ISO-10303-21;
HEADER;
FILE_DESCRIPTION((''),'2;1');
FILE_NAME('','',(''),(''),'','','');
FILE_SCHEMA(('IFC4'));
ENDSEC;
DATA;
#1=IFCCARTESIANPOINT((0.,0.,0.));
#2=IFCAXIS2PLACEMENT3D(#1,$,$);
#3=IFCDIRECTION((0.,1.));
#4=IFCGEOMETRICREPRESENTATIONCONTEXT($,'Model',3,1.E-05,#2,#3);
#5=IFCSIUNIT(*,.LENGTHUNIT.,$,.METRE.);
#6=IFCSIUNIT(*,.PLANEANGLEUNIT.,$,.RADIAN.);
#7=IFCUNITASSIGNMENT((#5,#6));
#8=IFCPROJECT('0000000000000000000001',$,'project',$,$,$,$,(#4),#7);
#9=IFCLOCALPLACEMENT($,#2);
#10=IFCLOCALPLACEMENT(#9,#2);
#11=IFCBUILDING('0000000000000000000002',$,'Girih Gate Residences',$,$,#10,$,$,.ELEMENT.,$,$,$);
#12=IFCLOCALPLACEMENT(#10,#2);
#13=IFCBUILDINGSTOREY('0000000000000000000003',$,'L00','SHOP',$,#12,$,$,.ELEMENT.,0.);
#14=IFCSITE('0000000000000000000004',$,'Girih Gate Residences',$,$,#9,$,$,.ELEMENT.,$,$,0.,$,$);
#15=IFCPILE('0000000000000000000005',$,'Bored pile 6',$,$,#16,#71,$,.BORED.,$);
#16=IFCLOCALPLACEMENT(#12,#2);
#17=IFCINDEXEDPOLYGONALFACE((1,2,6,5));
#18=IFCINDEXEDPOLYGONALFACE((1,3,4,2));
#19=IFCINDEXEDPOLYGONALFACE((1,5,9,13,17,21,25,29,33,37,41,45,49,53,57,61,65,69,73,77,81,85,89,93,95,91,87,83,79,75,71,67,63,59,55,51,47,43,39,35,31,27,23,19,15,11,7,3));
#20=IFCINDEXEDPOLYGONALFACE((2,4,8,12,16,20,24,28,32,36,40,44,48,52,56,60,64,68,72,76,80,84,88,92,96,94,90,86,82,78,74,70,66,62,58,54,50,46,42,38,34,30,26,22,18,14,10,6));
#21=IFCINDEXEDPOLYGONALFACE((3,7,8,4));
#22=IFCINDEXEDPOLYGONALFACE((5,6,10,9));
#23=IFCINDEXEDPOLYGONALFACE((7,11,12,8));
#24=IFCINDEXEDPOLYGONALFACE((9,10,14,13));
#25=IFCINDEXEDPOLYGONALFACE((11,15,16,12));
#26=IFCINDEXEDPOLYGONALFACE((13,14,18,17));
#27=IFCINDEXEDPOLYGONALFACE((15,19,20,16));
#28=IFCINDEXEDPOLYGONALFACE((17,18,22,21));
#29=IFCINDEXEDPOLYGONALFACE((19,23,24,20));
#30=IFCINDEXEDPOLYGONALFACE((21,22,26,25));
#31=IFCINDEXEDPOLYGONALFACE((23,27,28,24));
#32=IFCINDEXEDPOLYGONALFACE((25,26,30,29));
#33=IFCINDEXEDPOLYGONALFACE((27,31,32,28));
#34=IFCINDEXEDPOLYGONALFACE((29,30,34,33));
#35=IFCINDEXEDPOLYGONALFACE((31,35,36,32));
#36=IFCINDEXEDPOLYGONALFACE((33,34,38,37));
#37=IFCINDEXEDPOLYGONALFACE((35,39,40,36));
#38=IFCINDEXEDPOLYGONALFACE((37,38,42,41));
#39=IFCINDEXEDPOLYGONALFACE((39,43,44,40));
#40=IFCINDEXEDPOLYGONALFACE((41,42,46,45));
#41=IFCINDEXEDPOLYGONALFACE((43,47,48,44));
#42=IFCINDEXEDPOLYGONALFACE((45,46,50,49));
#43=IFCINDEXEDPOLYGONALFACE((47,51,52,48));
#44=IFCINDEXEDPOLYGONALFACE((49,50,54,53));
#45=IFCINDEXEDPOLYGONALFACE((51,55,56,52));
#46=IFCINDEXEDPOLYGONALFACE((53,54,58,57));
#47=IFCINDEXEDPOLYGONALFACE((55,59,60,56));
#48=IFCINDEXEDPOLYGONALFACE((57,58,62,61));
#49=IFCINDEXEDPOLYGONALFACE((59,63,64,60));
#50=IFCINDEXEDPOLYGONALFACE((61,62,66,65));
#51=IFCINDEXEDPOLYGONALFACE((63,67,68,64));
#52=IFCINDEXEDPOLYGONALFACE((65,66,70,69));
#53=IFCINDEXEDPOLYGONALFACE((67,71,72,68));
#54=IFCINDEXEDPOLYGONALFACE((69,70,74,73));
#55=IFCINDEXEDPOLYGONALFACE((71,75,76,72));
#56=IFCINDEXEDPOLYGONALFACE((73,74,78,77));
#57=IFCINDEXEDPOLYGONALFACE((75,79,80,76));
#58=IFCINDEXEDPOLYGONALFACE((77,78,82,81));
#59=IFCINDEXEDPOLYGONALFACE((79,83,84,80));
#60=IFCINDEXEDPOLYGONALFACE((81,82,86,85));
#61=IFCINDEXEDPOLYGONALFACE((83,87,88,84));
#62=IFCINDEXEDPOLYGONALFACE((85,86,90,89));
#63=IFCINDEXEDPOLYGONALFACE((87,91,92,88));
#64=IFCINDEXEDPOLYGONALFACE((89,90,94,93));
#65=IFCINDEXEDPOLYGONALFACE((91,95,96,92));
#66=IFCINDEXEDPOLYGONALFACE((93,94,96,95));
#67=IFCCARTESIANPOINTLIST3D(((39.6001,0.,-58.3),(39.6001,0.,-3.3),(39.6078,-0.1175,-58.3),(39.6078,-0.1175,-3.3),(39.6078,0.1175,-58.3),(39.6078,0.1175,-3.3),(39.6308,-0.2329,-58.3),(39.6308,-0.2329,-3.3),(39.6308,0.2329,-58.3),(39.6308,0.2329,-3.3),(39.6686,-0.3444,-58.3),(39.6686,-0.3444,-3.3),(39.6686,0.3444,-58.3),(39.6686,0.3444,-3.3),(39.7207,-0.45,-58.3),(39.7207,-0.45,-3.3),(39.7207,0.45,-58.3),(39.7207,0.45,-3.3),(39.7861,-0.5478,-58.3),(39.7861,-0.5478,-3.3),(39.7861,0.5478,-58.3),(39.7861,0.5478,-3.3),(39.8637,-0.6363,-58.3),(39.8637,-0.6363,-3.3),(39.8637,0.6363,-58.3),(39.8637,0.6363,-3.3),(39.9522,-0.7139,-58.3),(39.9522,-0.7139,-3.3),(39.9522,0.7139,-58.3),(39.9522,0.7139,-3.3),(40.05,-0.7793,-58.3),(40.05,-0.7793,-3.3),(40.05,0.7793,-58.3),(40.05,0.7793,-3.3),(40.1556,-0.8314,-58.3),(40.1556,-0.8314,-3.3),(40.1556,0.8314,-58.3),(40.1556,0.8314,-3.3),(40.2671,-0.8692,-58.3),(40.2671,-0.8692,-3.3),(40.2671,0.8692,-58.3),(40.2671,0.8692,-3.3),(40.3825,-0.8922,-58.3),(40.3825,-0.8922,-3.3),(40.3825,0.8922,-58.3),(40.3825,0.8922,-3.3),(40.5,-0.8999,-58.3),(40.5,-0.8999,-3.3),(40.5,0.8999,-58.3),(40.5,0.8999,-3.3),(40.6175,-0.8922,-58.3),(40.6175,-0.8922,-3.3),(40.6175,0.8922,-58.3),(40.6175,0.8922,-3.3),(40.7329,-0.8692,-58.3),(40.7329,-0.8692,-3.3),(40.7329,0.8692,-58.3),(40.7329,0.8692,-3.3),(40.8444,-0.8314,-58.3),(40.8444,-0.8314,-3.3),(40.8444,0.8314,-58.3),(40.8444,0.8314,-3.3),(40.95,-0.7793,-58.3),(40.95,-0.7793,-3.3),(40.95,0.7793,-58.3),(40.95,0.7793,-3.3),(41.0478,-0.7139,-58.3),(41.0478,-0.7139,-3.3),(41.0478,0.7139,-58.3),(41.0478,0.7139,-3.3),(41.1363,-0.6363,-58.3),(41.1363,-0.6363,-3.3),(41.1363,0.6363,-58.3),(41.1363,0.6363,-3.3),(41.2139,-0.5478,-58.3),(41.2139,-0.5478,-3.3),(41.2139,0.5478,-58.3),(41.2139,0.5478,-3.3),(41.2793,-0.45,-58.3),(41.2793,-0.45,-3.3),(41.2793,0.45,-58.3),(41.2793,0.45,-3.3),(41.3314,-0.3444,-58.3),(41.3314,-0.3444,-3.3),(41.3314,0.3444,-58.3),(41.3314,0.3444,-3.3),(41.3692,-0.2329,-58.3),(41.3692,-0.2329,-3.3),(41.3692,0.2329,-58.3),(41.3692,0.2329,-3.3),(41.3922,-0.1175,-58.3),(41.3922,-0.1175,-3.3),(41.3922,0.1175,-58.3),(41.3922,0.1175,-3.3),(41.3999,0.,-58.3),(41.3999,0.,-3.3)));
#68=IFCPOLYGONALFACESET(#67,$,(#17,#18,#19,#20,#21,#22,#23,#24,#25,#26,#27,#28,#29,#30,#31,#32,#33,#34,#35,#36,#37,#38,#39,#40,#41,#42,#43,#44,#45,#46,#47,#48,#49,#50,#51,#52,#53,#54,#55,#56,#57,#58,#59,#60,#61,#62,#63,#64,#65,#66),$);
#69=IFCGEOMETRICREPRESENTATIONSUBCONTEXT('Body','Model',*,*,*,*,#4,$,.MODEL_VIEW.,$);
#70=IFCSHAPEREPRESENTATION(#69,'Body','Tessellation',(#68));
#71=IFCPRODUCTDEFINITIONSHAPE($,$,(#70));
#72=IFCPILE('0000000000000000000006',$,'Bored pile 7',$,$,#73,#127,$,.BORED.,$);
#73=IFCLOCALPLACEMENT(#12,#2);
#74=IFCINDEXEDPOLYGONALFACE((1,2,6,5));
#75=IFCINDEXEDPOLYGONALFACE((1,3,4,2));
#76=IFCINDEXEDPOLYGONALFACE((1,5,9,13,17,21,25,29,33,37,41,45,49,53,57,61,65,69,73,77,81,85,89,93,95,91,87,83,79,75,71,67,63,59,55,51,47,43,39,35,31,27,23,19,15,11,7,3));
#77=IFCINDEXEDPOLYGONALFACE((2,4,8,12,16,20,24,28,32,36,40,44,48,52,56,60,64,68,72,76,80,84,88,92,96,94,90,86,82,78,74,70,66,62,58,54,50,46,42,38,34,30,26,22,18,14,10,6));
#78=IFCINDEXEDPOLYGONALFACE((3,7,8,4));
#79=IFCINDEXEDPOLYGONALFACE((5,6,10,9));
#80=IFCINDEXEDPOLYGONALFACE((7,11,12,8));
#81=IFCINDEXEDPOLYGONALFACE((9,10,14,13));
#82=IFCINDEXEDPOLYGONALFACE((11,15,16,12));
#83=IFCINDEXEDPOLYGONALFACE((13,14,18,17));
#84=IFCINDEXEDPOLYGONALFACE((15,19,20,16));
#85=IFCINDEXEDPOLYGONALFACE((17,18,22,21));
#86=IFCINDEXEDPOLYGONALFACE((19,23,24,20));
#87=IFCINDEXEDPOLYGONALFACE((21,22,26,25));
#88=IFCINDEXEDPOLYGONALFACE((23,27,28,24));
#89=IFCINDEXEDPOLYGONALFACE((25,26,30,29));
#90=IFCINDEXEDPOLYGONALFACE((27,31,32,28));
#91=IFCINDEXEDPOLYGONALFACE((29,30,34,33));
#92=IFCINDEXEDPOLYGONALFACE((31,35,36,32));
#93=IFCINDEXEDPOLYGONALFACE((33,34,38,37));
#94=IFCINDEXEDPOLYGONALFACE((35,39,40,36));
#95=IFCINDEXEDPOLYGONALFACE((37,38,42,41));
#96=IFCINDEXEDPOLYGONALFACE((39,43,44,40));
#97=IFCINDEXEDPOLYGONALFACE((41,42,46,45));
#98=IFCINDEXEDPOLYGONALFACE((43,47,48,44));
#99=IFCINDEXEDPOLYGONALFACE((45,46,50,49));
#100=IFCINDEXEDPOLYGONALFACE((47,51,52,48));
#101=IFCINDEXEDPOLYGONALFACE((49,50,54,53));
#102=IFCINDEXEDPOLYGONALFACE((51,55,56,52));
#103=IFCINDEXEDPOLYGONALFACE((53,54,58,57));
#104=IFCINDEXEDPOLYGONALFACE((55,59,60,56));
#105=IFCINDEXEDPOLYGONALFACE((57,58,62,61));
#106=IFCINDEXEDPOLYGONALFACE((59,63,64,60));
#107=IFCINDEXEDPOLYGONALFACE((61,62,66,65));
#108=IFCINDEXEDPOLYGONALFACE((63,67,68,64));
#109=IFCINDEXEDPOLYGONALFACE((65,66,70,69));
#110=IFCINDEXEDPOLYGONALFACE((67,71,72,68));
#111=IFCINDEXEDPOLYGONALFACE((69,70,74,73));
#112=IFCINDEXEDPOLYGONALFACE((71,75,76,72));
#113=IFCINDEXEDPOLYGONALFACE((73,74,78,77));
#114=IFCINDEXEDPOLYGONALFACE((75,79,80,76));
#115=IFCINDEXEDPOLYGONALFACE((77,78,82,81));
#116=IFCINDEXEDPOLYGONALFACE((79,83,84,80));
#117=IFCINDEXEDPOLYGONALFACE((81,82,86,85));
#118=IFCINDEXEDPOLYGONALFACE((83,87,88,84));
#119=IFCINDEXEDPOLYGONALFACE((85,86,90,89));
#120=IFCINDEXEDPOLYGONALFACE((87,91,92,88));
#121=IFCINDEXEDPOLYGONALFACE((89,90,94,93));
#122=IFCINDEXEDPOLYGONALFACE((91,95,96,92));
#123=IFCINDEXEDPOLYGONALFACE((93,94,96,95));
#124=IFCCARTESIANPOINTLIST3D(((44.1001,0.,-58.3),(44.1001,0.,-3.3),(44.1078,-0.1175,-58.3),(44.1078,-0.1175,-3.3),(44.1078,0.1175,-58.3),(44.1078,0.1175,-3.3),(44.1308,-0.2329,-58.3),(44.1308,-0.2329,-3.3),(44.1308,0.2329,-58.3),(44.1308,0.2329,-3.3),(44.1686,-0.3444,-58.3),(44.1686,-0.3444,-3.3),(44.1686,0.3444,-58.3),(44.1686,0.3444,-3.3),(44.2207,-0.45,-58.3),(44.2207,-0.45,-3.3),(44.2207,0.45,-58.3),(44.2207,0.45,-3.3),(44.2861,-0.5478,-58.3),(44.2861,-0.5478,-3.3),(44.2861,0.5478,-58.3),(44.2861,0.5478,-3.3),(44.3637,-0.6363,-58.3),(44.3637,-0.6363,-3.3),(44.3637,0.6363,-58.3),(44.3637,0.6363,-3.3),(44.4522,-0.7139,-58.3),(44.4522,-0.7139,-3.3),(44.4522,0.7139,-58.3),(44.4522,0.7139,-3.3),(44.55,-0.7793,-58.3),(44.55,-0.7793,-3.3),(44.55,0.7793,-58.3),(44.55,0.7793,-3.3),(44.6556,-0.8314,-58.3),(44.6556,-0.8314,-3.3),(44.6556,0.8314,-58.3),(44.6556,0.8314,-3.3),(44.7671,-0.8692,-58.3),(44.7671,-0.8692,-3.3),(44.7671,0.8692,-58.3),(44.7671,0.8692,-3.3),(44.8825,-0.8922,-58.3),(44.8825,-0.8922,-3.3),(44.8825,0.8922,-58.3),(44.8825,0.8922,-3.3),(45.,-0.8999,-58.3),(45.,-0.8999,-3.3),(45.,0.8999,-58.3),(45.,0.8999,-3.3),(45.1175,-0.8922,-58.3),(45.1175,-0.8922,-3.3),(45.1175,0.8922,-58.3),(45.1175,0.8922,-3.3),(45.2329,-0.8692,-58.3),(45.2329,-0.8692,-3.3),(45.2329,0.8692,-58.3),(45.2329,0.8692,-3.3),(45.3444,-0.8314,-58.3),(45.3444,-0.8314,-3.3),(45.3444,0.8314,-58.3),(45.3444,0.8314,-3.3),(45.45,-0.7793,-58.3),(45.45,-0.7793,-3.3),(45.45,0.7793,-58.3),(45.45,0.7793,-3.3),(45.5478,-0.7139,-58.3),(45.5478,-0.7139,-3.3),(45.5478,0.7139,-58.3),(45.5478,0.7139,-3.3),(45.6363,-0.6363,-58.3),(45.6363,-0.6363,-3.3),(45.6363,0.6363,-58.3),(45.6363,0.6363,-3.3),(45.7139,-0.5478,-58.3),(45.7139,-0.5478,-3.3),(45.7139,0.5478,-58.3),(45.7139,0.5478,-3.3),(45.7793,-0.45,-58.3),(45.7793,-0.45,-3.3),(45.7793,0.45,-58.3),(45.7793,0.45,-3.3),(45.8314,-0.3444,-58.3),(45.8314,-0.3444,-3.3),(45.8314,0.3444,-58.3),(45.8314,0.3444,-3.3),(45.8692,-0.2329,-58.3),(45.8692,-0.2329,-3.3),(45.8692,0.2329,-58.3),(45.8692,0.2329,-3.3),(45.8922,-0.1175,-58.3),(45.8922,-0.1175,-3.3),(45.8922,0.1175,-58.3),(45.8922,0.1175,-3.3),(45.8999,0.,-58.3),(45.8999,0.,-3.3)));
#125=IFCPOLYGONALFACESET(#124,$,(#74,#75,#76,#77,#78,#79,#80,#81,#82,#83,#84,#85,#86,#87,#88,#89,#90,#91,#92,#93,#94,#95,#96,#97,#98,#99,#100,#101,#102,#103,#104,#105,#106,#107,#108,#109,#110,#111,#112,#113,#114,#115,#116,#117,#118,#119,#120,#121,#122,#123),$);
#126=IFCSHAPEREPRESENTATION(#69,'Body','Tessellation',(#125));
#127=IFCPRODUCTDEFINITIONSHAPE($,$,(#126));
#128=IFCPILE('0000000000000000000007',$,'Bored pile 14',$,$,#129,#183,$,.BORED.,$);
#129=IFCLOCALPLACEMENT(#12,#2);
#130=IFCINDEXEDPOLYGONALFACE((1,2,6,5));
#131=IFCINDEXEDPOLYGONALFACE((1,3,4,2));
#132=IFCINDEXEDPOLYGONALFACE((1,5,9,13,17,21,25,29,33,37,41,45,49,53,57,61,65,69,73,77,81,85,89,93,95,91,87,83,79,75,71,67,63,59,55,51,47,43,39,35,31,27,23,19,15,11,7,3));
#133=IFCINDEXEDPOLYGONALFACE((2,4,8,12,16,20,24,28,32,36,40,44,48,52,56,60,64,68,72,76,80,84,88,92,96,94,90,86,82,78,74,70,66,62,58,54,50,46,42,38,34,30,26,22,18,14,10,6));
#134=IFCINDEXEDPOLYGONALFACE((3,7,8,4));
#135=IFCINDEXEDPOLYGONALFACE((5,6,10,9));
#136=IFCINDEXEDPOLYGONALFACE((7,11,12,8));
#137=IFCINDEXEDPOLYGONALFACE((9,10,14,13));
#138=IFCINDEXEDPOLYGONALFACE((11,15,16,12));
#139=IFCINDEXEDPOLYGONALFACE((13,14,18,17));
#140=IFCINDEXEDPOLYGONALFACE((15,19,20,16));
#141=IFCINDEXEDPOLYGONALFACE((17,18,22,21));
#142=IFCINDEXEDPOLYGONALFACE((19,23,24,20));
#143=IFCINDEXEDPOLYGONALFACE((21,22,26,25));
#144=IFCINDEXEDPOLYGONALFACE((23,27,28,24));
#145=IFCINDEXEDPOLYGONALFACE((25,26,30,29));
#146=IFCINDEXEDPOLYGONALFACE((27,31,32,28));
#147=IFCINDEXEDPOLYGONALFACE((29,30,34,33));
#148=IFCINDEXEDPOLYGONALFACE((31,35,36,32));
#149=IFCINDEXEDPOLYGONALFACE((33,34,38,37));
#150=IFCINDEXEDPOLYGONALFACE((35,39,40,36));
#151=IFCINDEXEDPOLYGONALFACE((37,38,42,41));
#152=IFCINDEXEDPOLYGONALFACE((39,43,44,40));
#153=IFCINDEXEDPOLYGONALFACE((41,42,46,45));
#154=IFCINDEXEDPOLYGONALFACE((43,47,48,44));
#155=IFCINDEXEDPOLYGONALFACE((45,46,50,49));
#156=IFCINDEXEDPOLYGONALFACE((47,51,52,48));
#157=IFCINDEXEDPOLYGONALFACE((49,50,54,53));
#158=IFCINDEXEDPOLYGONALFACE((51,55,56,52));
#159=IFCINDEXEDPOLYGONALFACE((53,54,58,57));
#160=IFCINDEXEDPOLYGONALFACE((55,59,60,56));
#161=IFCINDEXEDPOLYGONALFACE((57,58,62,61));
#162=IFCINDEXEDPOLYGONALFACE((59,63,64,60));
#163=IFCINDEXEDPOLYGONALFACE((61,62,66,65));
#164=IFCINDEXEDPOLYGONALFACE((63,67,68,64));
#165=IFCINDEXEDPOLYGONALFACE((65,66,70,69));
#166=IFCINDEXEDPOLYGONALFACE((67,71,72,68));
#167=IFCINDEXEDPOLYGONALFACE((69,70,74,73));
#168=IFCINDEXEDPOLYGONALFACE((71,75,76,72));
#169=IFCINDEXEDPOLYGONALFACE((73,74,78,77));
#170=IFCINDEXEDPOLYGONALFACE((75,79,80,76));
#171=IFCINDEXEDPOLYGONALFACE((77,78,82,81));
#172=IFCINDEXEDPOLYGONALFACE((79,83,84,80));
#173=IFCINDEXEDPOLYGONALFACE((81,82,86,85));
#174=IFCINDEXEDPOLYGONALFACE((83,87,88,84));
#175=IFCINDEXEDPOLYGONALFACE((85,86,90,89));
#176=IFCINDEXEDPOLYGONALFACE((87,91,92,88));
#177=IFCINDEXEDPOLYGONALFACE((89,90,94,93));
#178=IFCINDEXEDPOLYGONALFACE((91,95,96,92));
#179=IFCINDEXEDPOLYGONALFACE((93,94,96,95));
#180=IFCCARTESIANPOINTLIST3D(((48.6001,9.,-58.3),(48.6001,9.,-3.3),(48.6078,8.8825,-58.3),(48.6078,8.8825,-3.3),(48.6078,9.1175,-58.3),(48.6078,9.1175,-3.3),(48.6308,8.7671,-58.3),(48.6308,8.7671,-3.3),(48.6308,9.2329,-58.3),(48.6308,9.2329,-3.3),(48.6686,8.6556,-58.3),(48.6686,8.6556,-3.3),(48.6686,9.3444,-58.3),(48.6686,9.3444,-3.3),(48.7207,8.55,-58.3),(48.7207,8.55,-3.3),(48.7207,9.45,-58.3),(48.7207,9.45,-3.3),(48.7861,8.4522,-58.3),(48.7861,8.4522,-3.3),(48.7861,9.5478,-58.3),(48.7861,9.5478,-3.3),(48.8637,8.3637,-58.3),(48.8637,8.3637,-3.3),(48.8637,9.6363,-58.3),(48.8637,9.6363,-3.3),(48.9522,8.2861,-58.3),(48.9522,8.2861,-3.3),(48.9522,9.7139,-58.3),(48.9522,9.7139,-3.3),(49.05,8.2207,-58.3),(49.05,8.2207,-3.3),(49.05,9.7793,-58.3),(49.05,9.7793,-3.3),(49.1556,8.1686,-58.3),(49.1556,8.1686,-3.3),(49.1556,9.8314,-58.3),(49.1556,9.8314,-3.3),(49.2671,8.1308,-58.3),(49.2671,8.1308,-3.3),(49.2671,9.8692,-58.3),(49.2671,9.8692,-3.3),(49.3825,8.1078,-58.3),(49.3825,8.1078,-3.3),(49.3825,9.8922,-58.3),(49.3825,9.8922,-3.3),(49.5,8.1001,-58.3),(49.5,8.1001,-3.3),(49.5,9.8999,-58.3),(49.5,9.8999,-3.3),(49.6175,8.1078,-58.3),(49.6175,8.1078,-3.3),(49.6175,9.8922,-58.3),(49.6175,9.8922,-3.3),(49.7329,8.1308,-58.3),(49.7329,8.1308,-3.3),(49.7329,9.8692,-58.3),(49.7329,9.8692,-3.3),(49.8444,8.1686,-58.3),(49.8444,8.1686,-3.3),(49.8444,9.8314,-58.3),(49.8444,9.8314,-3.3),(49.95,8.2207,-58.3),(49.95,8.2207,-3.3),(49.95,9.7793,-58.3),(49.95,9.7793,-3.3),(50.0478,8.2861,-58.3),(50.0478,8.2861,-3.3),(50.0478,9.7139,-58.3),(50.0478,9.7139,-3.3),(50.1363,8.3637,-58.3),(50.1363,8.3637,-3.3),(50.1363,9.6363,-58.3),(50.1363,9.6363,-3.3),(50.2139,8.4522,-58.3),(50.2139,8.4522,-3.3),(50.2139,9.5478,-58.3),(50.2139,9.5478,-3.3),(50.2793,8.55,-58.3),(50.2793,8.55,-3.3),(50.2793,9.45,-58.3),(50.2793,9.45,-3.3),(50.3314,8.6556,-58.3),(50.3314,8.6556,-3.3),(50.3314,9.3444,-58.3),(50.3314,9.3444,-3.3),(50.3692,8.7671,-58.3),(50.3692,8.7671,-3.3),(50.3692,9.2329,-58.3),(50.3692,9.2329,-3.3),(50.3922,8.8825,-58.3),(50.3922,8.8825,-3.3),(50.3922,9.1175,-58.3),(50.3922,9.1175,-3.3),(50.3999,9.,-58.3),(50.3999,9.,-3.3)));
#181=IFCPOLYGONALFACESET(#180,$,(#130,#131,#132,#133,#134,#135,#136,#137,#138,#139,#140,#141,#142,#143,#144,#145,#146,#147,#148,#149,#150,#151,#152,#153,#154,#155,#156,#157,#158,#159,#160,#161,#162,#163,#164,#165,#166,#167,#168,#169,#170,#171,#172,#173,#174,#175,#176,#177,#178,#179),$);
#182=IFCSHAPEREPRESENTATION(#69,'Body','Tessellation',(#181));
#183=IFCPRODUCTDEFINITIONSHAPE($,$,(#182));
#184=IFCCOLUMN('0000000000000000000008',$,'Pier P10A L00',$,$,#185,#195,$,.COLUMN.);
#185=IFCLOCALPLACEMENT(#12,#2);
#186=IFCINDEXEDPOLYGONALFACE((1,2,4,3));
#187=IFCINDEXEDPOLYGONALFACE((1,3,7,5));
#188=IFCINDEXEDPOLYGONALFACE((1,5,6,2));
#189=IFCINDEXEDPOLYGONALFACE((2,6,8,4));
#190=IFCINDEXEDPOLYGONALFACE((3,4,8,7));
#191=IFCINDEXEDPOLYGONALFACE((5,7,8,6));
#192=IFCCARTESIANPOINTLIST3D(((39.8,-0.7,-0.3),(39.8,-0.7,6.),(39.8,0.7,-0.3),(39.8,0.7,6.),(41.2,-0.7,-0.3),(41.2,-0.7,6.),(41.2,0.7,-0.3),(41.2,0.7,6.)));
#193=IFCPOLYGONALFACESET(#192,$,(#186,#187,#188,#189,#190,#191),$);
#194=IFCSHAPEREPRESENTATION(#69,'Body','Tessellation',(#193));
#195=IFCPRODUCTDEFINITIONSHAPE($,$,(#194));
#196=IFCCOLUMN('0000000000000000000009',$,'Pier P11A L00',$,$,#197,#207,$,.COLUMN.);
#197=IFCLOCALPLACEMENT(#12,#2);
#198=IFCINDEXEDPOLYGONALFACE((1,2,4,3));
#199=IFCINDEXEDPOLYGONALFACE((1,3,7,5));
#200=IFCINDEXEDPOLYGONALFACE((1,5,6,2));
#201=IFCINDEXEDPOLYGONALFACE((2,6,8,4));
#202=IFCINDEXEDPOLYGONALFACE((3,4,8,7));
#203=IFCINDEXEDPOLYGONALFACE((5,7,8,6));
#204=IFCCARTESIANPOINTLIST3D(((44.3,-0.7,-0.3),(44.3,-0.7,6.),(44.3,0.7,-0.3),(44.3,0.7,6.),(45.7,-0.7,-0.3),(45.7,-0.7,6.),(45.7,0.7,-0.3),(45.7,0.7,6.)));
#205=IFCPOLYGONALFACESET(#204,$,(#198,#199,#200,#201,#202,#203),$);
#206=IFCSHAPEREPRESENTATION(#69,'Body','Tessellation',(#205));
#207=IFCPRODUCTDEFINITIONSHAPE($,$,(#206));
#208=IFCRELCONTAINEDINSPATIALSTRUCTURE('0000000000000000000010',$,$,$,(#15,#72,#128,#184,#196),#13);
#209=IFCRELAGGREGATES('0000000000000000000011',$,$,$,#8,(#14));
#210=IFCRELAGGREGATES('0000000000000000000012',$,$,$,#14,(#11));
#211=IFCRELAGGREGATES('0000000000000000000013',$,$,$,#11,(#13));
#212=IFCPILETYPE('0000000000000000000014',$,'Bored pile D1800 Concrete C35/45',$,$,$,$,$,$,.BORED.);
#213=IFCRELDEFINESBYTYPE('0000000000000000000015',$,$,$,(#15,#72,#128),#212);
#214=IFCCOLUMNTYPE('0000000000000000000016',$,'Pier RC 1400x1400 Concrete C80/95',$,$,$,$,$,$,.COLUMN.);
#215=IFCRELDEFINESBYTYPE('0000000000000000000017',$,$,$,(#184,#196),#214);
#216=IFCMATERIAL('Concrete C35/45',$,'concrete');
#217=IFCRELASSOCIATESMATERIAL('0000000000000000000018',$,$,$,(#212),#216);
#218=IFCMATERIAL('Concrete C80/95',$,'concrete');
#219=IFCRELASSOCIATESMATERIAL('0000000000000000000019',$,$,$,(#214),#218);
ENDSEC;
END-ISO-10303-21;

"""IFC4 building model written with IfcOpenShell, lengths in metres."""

from ifc_helpers import new_model, si_unit, direction, frame, origin, origin_2d, place, context, subcontext, project, spatial, rectangle, circle, extrude, material, material_profile, profile_set, type_object, element, save


model = new_model("IFC4")

# Units and contexts
model_context = context("Model", 3, precision=1e-05, world=origin(), true_north=direction((0.0, 1.0)))
body_context = subcontext(model_context, "Body", "Model", "MODEL_VIEW")
ifc_project = project(units=[si_unit("LENGTHUNIT", "METRE"), si_unit("PLANEANGLEUNIT", "RADIAN")], contexts=[model_context])

# Site, building, storey
site_placement = place(None, origin())
site = spatial("IfcSite", under=ifc_project, at=site_placement, Name="Girih Gate Residences", CompositionType="ELEMENT", RefElevation=0.0)
building_placement = place(site_placement, origin())
building = spatial("IfcBuilding", under=site, at=building_placement, Name="Girih Gate Residences", CompositionType="ELEMENT")
storey_placement = place(building_placement, origin())
storey = spatial("IfcBuildingStorey", under=building, at=storey_placement, Name="L00", Description="SHOP", CompositionType="ELEMENT", Elevation=0.0)

# Piles
ifc_material_1 = material(Name="Concrete C35/45", Category="concrete")
ifc_material_profile_1 = material_profile(ifc_material_1, circle(Radius=0.8999, at=origin_2d()))
ifc_profile_set_1 = profile_set([ifc_material_profile_1], Name="Concrete C35/45")
pile_type = type_object("IfcPileType", Name="Bored pile D1800 Concrete C35/45", PredefinedType="BORED", material=ifc_profile_set_1)
for number, where, z_axis, x_axis, name in (
    (1, (40.5, 0.0, -3.3), (0.0, 0.0, -1.0), (1.0, 0.0, 0.0), "Bored pile 6"),
    (2, (45.0, 0.0, -3.3), (0.0, 0.0, -1.0), (1.0, 0.0, 0.0), "Bored pile 7"),
    (3, (49.5, 9.0, -3.3), (0.0, 0.0, -1.0), (1.0, 0.0, 0.0), "Bored pile 14"),
):
    element("IfcPile", number, at=place(storey_placement, frame(where, z_axis=z_axis, x_axis=x_axis)), inside=storey, type_object=pile_type, Name=name, PredefinedType="BORED", context=body_context, shape_type="SweptSolid", body=[
        extrude(circle(Radius=0.8999, at=origin_2d()), origin(), (0.0, 0.0, 1.0), 55.0),
    ])

# Columns
ifc_material_2 = material(Name="Concrete C80/95", Category="concrete")
ifc_material_profile_2 = material_profile(ifc_material_2, rectangle(XDim=1.3999, YDim=1.3999, at=origin_2d()))
ifc_profile_set_2 = profile_set([ifc_material_profile_2], Name="Concrete C80/95")
column_type = type_object("IfcColumnType", Name="Pier RC 1400x1400 Concrete C80/95", PredefinedType="COLUMN", material=ifc_profile_set_2)
for number, where, z_axis, x_axis, name in (
    (4, (40.5, 0.0, -0.3), (0.0, 0.0, 1.0), (1.0, 0.0, 0.0), "Pier P10A L00"),
    (5, (45.0, 0.0, -0.3), (0.0, 0.0, 1.0), (1.0, 0.0, 0.0), "Pier P11A L00"),
):
    element("IfcColumn", number, at=place(storey_placement, frame(where, z_axis=z_axis, x_axis=x_axis)), inside=storey, type_object=column_type, Name=name, PredefinedType="COLUMN", context=body_context, shape_type="SweptSolid", body=[
        extrude(rectangle(XDim=1.3999, YDim=1.3999, at=origin_2d()), origin(), (0.0, 0.0, 1.0), 6.3),
    ])

save(model, "model.ifc")
